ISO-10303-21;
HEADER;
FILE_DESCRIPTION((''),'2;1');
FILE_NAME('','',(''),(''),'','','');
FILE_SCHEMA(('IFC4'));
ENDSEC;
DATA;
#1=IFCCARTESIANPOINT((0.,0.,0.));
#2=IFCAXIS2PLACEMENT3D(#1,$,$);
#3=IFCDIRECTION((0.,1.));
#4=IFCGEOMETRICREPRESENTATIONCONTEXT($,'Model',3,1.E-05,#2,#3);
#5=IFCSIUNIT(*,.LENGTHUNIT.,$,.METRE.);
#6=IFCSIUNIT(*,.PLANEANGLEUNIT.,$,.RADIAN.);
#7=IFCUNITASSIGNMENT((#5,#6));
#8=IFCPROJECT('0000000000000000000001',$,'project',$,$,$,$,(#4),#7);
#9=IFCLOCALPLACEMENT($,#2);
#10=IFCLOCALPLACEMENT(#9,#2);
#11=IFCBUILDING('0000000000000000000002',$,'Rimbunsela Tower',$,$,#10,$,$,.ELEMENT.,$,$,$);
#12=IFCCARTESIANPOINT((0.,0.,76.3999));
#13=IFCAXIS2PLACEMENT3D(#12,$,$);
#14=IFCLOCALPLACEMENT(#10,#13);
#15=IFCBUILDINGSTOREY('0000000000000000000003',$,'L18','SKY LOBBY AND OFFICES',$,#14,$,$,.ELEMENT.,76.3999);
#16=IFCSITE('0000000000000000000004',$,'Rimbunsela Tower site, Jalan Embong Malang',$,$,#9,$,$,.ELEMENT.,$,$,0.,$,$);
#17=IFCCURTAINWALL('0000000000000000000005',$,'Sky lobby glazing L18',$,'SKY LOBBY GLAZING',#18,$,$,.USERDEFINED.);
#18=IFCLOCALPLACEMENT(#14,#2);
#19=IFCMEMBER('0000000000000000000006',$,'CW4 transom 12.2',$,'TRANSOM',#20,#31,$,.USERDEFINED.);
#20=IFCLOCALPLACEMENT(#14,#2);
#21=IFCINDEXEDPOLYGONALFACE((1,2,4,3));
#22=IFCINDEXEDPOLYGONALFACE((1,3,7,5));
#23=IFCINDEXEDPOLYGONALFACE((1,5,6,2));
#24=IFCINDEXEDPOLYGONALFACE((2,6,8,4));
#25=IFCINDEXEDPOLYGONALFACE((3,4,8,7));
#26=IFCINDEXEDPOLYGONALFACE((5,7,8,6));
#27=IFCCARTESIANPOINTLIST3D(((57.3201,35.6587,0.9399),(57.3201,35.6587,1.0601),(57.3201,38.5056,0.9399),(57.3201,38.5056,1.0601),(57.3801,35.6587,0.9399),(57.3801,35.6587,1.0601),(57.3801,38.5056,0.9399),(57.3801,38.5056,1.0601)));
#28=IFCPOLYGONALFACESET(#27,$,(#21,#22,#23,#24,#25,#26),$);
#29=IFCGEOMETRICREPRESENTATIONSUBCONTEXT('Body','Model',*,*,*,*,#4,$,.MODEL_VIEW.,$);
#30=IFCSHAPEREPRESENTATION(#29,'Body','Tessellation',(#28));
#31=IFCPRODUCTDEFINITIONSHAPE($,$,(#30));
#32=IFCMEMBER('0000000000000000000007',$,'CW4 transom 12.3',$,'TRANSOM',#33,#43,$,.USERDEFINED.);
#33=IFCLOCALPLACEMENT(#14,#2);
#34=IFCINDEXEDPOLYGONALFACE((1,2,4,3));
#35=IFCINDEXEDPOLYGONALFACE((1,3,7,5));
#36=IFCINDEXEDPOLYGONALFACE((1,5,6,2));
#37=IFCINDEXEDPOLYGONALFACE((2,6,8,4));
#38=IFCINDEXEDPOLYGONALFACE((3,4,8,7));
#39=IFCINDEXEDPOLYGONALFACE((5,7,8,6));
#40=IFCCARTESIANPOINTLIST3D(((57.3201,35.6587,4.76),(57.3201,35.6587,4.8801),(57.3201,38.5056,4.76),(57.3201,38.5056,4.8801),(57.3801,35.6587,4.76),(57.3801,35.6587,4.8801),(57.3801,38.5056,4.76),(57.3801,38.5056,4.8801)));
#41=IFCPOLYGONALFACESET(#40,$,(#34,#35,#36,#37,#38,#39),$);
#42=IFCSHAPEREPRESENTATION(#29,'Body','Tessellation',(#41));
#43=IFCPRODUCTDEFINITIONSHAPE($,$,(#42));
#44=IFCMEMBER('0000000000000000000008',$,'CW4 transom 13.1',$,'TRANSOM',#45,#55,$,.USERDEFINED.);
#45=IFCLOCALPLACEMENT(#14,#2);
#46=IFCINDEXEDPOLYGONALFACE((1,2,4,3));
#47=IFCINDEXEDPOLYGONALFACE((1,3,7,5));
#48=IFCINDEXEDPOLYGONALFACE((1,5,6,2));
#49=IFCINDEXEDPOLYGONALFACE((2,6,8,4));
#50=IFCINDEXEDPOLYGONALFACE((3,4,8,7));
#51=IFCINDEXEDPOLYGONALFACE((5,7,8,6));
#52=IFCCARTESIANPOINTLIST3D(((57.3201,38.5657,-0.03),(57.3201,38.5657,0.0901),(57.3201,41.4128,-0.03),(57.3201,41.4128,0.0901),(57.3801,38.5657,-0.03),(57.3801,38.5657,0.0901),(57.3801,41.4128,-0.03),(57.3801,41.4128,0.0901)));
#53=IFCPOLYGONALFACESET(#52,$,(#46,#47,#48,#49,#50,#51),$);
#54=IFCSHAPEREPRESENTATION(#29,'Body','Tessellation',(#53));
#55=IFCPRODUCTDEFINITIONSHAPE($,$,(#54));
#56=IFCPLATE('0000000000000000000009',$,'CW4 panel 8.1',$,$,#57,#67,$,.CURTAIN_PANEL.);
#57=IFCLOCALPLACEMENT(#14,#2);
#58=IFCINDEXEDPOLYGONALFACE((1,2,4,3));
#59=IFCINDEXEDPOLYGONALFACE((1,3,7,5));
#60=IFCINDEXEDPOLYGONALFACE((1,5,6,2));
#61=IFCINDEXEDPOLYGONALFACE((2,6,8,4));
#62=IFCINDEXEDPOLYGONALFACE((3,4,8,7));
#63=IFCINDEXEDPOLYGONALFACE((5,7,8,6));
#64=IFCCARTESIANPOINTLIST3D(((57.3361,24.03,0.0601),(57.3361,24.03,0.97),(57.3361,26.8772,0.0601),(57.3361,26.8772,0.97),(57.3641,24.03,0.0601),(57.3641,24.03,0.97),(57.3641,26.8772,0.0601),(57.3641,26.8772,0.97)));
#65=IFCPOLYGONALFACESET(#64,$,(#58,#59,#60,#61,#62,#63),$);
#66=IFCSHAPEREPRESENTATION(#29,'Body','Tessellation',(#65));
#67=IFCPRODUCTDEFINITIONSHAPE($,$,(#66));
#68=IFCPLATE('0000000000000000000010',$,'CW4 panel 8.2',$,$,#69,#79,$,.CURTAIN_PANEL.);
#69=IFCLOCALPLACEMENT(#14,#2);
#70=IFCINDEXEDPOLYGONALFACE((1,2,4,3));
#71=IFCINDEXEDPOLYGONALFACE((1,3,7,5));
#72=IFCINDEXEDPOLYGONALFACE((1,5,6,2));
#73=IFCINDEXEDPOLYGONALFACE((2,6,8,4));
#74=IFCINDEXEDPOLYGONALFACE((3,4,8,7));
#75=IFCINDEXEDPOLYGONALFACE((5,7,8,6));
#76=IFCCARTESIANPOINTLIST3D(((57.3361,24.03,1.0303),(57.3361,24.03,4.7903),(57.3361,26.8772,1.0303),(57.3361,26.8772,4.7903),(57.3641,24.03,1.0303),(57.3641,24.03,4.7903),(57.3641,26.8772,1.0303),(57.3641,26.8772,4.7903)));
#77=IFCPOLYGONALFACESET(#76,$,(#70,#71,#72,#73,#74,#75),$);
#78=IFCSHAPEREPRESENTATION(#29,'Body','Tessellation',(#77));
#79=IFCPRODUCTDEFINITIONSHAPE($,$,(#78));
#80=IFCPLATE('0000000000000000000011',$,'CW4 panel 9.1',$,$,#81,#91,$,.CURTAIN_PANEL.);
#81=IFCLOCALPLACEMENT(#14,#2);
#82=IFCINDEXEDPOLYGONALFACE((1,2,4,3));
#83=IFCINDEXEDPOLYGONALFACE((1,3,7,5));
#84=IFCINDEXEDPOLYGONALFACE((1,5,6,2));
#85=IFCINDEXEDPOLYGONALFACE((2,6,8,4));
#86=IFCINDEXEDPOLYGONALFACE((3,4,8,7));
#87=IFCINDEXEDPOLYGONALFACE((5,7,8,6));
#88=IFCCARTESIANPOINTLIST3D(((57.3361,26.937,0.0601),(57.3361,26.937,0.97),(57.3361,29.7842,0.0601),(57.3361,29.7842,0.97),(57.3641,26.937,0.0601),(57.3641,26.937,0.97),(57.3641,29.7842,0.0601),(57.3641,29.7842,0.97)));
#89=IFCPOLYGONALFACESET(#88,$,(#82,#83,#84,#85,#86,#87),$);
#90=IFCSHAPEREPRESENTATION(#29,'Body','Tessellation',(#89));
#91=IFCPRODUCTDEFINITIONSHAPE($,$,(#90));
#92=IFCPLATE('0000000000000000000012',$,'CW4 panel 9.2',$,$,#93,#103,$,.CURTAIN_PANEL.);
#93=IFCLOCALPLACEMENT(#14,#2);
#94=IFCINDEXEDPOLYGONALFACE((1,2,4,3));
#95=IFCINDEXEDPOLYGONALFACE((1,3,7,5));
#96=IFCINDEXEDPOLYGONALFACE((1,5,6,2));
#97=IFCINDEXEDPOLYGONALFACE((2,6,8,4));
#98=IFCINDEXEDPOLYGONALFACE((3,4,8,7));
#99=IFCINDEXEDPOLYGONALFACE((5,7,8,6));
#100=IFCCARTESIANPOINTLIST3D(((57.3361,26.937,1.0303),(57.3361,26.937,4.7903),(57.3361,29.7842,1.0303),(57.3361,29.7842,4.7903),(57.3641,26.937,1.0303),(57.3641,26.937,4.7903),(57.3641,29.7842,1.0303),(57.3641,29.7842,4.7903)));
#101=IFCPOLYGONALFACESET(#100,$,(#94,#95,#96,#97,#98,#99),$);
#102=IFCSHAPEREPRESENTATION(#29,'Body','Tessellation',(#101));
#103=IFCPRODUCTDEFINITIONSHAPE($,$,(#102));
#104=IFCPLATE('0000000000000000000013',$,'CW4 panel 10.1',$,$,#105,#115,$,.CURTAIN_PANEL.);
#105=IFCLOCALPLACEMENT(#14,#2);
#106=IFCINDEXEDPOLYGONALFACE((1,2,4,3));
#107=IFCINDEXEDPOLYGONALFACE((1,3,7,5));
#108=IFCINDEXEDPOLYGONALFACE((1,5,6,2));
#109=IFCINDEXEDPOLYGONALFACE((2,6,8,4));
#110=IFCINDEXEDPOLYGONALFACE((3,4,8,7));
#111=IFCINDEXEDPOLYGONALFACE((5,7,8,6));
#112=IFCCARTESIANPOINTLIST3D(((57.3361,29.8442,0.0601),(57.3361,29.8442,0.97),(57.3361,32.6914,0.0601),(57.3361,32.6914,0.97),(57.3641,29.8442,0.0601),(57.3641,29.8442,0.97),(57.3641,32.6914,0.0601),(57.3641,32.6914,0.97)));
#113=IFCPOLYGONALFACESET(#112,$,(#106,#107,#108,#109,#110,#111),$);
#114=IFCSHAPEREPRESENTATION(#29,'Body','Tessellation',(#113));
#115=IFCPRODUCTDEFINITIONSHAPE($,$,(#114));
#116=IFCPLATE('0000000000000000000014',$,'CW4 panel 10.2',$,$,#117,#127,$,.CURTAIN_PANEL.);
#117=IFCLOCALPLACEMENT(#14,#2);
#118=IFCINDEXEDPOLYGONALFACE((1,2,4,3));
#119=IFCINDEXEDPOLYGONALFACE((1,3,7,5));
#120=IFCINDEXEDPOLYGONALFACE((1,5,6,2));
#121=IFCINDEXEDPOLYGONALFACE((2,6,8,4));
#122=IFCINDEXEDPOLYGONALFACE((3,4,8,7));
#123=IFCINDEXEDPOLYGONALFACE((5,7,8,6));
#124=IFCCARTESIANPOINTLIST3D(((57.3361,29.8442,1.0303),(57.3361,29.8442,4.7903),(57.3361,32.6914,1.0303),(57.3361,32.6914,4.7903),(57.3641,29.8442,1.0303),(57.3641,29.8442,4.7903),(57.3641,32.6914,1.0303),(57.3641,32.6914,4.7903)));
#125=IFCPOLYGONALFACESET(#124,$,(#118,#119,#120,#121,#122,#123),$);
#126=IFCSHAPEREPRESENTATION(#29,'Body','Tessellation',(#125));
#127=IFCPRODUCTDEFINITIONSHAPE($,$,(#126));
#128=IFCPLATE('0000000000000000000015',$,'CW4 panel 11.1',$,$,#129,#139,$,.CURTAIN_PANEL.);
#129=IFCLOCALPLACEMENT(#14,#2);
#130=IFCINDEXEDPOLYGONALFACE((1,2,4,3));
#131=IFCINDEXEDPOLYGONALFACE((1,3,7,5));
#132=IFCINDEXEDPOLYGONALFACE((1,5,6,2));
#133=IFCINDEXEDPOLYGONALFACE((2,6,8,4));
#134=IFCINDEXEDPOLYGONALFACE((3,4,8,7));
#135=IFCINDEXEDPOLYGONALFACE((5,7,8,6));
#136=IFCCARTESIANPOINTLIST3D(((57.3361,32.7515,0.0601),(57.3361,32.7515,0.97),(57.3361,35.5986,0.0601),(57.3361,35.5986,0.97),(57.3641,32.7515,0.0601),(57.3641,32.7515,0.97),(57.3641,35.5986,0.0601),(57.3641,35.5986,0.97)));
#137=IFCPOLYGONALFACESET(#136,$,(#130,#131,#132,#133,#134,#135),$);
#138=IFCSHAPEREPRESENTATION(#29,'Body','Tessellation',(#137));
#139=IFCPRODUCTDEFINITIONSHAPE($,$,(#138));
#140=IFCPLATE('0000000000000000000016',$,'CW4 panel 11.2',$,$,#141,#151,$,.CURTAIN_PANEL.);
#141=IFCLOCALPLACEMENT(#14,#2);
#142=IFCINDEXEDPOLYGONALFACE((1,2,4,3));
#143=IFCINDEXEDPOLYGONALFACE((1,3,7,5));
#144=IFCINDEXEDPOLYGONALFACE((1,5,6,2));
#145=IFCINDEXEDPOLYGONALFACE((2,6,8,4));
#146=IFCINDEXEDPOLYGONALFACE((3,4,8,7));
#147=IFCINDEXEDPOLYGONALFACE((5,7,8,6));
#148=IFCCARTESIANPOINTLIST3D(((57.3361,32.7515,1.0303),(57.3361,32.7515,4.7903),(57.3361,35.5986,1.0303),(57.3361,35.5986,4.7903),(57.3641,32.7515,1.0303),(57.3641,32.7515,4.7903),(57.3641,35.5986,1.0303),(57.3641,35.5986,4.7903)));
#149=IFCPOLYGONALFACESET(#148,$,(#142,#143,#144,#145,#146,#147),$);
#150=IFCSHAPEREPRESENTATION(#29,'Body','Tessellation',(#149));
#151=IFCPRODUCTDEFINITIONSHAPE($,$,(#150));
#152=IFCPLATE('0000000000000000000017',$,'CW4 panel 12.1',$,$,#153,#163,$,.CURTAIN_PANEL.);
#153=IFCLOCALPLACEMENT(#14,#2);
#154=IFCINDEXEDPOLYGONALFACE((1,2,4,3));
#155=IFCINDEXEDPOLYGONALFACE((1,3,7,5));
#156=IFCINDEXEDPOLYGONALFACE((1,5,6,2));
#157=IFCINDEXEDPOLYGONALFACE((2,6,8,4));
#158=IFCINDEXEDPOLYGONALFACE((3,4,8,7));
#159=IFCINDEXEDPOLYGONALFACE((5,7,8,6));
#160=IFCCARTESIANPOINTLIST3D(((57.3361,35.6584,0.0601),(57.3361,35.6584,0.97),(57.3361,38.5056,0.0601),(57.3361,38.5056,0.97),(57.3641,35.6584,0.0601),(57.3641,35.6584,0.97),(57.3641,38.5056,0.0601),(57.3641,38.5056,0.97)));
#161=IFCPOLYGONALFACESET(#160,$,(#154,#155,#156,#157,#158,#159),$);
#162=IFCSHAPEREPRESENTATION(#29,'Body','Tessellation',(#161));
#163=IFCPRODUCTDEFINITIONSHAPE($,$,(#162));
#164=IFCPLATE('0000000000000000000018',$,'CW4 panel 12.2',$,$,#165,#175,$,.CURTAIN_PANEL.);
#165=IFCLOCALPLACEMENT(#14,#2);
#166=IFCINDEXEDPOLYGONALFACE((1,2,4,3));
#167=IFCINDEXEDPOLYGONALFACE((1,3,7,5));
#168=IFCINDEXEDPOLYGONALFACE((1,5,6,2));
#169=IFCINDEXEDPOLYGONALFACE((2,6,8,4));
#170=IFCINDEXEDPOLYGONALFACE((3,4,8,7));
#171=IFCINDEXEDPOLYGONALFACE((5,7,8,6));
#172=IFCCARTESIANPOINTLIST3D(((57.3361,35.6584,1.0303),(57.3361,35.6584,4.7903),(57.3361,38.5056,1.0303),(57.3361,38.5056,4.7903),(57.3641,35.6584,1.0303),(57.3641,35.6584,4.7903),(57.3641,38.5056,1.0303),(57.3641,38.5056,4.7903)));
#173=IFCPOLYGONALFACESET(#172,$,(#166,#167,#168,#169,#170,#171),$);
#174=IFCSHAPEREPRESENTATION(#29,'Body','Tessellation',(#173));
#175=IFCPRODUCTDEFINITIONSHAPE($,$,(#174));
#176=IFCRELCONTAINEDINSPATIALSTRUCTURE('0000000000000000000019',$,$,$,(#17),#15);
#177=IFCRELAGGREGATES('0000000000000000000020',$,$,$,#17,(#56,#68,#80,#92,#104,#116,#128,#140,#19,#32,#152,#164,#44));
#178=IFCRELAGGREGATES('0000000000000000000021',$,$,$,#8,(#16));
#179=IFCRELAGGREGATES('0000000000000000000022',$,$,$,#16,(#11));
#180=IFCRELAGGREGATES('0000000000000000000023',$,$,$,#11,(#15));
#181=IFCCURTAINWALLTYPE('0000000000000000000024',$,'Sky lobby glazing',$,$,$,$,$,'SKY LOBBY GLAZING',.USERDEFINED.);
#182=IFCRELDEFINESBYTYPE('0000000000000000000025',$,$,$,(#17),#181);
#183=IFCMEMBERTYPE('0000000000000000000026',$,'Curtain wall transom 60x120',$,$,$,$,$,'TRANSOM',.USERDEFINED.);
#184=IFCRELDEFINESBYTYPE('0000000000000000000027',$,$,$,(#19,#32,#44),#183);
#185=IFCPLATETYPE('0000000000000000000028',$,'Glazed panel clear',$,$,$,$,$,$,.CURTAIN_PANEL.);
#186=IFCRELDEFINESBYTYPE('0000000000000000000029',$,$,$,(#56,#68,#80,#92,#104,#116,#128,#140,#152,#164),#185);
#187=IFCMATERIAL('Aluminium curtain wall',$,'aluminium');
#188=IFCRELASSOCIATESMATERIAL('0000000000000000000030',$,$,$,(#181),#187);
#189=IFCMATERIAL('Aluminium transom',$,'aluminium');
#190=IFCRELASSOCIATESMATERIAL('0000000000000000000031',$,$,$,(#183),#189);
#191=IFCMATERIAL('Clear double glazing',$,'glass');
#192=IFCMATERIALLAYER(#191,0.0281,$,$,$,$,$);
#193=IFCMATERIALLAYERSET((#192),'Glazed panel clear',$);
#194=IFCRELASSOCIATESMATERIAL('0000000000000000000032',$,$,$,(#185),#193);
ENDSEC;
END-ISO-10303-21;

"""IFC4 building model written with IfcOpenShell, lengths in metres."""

from ifc_helpers import new_model, si_unit, direction, frame, origin, origin_2d, place, context, subcontext, project, spatial, rectangle, extrude, material, layer, layer_set, material_profile, profile_set, type_object, element, aggregate, save


model = new_model("IFC4")

# Units and contexts
model_context = context("Model", 3, precision=1e-05, world=origin(), true_north=direction((0.0, 1.0)))
body_context = subcontext(model_context, "Body", "Model", "MODEL_VIEW")
ifc_project = project(units=[si_unit("LENGTHUNIT", "METRE"), si_unit("PLANEANGLEUNIT", "RADIAN")], contexts=[model_context])

# Site, building, storey
site_placement = place(None, origin())
site = spatial("IfcSite", under=ifc_project, at=site_placement, Name="Rimbunsela Tower site, Jalan Embong Malang", CompositionType="ELEMENT", RefElevation=0.0)
building_placement = place(site_placement, origin())
building = spatial("IfcBuilding", under=site, at=building_placement, Name="Rimbunsela Tower", CompositionType="ELEMENT")
storey_placement = place(building_placement, frame((0.0, 0.0, 76.3999)))
storey = spatial("IfcBuildingStorey", under=building, at=storey_placement, Name="L18", Description="SKY LOBBY AND OFFICES", CompositionType="ELEMENT", Elevation=76.3999)

# Curtain wall, members, plates
ifc_material_1 = material(Name="Aluminium curtain wall", Category="aluminium")
curtain_wall_type = type_object("IfcCurtainWallType", Name="Sky lobby glazing", ElementType="SKY LOBBY GLAZING", PredefinedType="USERDEFINED", material=ifc_material_1)
curtain_wall_placement = place(storey_placement, origin())
curtain_wall = element("IfcCurtainWall", 1, at=curtain_wall_placement, inside=storey, type_object=curtain_wall_type, Name="Sky lobby glazing L18", ObjectType="SKY LOBBY GLAZING", PredefinedType="USERDEFINED")
ifc_material_2 = material(Name="Aluminium transom", Category="aluminium")
ifc_material_profile_1 = material_profile(ifc_material_2, rectangle(XDim=0.0601, YDim=0.1201, at=origin_2d()), Name="Transom 60x120")
ifc_profile_set_1 = profile_set([ifc_material_profile_1], Name="Aluminium transom")
member_type_1 = type_object("IfcMemberType", Name="Curtain wall transom 60x120", ElementType="TRANSOM", PredefinedType="USERDEFINED", material=ifc_profile_set_1)
member_1_placement = place(storey_placement, frame((57.3501, 35.6587, 1.0), z_axis=(0.0, 1.0, 0.0), x_axis=(-1.0, 0.0, 0.0)))
member_1 = element("IfcMember", 2, at=member_1_placement, type_object=member_type_1, Name="CW4 transom 12.2", ObjectType="TRANSOM", PredefinedType="USERDEFINED", context=body_context, shape_type="SweptSolid", body=[
    extrude(rectangle(XDim=0.0601, YDim=0.1201, at=origin_2d()), origin(), (0.0, 0.0, 1.0), 2.8469),
])
member_2_placement = place(storey_placement, frame((57.3501, 35.6587, 4.8201), z_axis=(0.0, 1.0, 0.0), x_axis=(-1.0, 0.0, 0.0)))
member_2 = element("IfcMember", 3, at=member_2_placement, type_object=member_type_1, Name="CW4 transom 12.3", ObjectType="TRANSOM", PredefinedType="USERDEFINED", context=body_context, shape_type="SweptSolid", body=[
    extrude(rectangle(XDim=0.0601, YDim=0.1201, at=origin_2d()), origin(), (0.0, 0.0, 1.0), 2.8469),
])
member_3_placement = place(storey_placement, frame((57.3501, 38.5657, 0.03), z_axis=(0.0, 1.0, 0.0), x_axis=(-1.0, 0.0, 0.0)))
member_3 = element("IfcMember", 4, at=member_3_placement, type_object=member_type_1, Name="CW4 transom 13.1", ObjectType="TRANSOM", PredefinedType="USERDEFINED", context=body_context, shape_type="SweptSolid", body=[
    extrude(rectangle(XDim=0.0601, YDim=0.1201, at=origin_2d()), origin(), (0.0, 0.0, 1.0), 2.8472),
])
ifc_material_3 = material(Name="Clear double glazing", Category="glass")
ifc_layer = layer(ifc_material_3, 0.0281)
ifc_layer_set = layer_set([ifc_layer], Name="Glazed panel clear")
plate_type = type_object("IfcPlateType", Name="Glazed panel clear", PredefinedType="CURTAIN_PANEL", material=ifc_layer_set)
plate_1_placement = place(storey_placement, frame((57.3501, 25.4536, 0.0601), z_axis=(0.0, 0.0, 1.0), x_axis=(0.0, 1.0, 0.0)))
plate_1 = element("IfcPlate", 5, at=plate_1_placement, type_object=plate_type, Name="CW4 panel 8.1", PredefinedType="CURTAIN_PANEL", context=body_context, shape_type="SweptSolid", body=[
    extrude(rectangle(XDim=2.8472, YDim=0.0281, at=origin_2d()), origin(), (0.0, 0.0, 1.0), 0.9099),
])
plate_2_placement = place(storey_placement, frame((57.3501, 25.4536, 1.0303), z_axis=(0.0, 0.0, 1.0), x_axis=(0.0, 1.0, 0.0)))
plate_2 = element("IfcPlate", 6, at=plate_2_placement, type_object=plate_type, Name="CW4 panel 8.2", PredefinedType="CURTAIN_PANEL", context=body_context, shape_type="SweptSolid", body=[
    extrude(rectangle(XDim=2.8472, YDim=0.0281, at=origin_2d()), origin(), (0.0, 0.0, 1.0), 3.76),
])
plate_3_placement = place(storey_placement, frame((57.3501, 28.3606, 0.0601), z_axis=(0.0, 0.0, 1.0), x_axis=(0.0, 1.0, 0.0)))
plate_3 = element("IfcPlate", 7, at=plate_3_placement, type_object=plate_type, Name="CW4 panel 9.1", PredefinedType="CURTAIN_PANEL", context=body_context, shape_type="SweptSolid", body=[
    extrude(rectangle(XDim=2.8472, YDim=0.0281, at=origin_2d()), origin(), (0.0, 0.0, 1.0), 0.9099),
])
plate_4_placement = place(storey_placement, frame((57.3501, 28.3606, 1.0303), z_axis=(0.0, 0.0, 1.0), x_axis=(0.0, 1.0, 0.0)))
plate_4 = element("IfcPlate", 8, at=plate_4_placement, type_object=plate_type, Name="CW4 panel 9.2", PredefinedType="CURTAIN_PANEL", context=body_context, shape_type="SweptSolid", body=[
    extrude(rectangle(XDim=2.8472, YDim=0.0281, at=origin_2d()), origin(), (0.0, 0.0, 1.0), 3.76),
])
plate_5_placement = place(storey_placement, frame((57.3501, 31.2678, 0.0601), z_axis=(0.0, 0.0, 1.0), x_axis=(0.0, 1.0, 0.0)))
plate_5 = element("IfcPlate", 9, at=plate_5_placement, type_object=plate_type, Name="CW4 panel 10.1", PredefinedType="CURTAIN_PANEL", context=body_context, shape_type="SweptSolid", body=[
    extrude(rectangle(XDim=2.8472, YDim=0.0281, at=origin_2d()), origin(), (0.0, 0.0, 1.0), 0.9099),
])
plate_6_placement = place(storey_placement, frame((57.3501, 31.2678, 1.0303), z_axis=(0.0, 0.0, 1.0), x_axis=(0.0, 1.0, 0.0)))
plate_6 = element("IfcPlate", 10, at=plate_6_placement, type_object=plate_type, Name="CW4 panel 10.2", PredefinedType="CURTAIN_PANEL", context=body_context, shape_type="SweptSolid", body=[
    extrude(rectangle(XDim=2.8472, YDim=0.0281, at=origin_2d()), origin(), (0.0, 0.0, 1.0), 3.76),
])
plate_7_placement = place(storey_placement, frame((57.3501, 34.175, 0.0601), z_axis=(0.0, 0.0, 1.0), x_axis=(0.0, 1.0, 0.0)))
plate_7 = element("IfcPlate", 11, at=plate_7_placement, type_object=plate_type, Name="CW4 panel 11.1", PredefinedType="CURTAIN_PANEL", context=body_context, shape_type="SweptSolid", body=[
    extrude(rectangle(XDim=2.8472, YDim=0.0281, at=origin_2d()), origin(), (0.0, 0.0, 1.0), 0.9099),
])
plate_8_placement = place(storey_placement, frame((57.3501, 34.175, 1.0303), z_axis=(0.0, 0.0, 1.0), x_axis=(0.0, 1.0, 0.0)))
plate_8 = element("IfcPlate", 12, at=plate_8_placement, type_object=plate_type, Name="CW4 panel 11.2", PredefinedType="CURTAIN_PANEL", context=body_context, shape_type="SweptSolid", body=[
    extrude(rectangle(XDim=2.8472, YDim=0.0281, at=origin_2d()), origin(), (0.0, 0.0, 1.0), 3.76),
])
plate_9_placement = place(storey_placement, frame((57.3501, 37.082, 0.0601), z_axis=(0.0, 0.0, 1.0), x_axis=(0.0, 1.0, 0.0)))
plate_9 = element("IfcPlate", 13, at=plate_9_placement, type_object=plate_type, Name="CW4 panel 12.1", PredefinedType="CURTAIN_PANEL", context=body_context, shape_type="SweptSolid", body=[
    extrude(rectangle(XDim=2.8472, YDim=0.0281, at=origin_2d()), origin(), (0.0, 0.0, 1.0), 0.9099),
])
plate_10_placement = place(storey_placement, frame((57.3501, 37.082, 1.0303), z_axis=(0.0, 0.0, 1.0), x_axis=(0.0, 1.0, 0.0)))
plate_10 = element("IfcPlate", 14, at=plate_10_placement, type_object=plate_type, Name="CW4 panel 12.2", PredefinedType="CURTAIN_PANEL", context=body_context, shape_type="SweptSolid", body=[
    extrude(rectangle(XDim=2.8472, YDim=0.0281, at=origin_2d()), origin(), (0.0, 0.0, 1.0), 3.76),
])
aggregate(curtain_wall, [plate_1, plate_2, plate_3, plate_4, plate_5, plate_6, plate_7, plate_8, member_1, member_2, plate_9, plate_10, member_3])

save(model, "model.ifc")
